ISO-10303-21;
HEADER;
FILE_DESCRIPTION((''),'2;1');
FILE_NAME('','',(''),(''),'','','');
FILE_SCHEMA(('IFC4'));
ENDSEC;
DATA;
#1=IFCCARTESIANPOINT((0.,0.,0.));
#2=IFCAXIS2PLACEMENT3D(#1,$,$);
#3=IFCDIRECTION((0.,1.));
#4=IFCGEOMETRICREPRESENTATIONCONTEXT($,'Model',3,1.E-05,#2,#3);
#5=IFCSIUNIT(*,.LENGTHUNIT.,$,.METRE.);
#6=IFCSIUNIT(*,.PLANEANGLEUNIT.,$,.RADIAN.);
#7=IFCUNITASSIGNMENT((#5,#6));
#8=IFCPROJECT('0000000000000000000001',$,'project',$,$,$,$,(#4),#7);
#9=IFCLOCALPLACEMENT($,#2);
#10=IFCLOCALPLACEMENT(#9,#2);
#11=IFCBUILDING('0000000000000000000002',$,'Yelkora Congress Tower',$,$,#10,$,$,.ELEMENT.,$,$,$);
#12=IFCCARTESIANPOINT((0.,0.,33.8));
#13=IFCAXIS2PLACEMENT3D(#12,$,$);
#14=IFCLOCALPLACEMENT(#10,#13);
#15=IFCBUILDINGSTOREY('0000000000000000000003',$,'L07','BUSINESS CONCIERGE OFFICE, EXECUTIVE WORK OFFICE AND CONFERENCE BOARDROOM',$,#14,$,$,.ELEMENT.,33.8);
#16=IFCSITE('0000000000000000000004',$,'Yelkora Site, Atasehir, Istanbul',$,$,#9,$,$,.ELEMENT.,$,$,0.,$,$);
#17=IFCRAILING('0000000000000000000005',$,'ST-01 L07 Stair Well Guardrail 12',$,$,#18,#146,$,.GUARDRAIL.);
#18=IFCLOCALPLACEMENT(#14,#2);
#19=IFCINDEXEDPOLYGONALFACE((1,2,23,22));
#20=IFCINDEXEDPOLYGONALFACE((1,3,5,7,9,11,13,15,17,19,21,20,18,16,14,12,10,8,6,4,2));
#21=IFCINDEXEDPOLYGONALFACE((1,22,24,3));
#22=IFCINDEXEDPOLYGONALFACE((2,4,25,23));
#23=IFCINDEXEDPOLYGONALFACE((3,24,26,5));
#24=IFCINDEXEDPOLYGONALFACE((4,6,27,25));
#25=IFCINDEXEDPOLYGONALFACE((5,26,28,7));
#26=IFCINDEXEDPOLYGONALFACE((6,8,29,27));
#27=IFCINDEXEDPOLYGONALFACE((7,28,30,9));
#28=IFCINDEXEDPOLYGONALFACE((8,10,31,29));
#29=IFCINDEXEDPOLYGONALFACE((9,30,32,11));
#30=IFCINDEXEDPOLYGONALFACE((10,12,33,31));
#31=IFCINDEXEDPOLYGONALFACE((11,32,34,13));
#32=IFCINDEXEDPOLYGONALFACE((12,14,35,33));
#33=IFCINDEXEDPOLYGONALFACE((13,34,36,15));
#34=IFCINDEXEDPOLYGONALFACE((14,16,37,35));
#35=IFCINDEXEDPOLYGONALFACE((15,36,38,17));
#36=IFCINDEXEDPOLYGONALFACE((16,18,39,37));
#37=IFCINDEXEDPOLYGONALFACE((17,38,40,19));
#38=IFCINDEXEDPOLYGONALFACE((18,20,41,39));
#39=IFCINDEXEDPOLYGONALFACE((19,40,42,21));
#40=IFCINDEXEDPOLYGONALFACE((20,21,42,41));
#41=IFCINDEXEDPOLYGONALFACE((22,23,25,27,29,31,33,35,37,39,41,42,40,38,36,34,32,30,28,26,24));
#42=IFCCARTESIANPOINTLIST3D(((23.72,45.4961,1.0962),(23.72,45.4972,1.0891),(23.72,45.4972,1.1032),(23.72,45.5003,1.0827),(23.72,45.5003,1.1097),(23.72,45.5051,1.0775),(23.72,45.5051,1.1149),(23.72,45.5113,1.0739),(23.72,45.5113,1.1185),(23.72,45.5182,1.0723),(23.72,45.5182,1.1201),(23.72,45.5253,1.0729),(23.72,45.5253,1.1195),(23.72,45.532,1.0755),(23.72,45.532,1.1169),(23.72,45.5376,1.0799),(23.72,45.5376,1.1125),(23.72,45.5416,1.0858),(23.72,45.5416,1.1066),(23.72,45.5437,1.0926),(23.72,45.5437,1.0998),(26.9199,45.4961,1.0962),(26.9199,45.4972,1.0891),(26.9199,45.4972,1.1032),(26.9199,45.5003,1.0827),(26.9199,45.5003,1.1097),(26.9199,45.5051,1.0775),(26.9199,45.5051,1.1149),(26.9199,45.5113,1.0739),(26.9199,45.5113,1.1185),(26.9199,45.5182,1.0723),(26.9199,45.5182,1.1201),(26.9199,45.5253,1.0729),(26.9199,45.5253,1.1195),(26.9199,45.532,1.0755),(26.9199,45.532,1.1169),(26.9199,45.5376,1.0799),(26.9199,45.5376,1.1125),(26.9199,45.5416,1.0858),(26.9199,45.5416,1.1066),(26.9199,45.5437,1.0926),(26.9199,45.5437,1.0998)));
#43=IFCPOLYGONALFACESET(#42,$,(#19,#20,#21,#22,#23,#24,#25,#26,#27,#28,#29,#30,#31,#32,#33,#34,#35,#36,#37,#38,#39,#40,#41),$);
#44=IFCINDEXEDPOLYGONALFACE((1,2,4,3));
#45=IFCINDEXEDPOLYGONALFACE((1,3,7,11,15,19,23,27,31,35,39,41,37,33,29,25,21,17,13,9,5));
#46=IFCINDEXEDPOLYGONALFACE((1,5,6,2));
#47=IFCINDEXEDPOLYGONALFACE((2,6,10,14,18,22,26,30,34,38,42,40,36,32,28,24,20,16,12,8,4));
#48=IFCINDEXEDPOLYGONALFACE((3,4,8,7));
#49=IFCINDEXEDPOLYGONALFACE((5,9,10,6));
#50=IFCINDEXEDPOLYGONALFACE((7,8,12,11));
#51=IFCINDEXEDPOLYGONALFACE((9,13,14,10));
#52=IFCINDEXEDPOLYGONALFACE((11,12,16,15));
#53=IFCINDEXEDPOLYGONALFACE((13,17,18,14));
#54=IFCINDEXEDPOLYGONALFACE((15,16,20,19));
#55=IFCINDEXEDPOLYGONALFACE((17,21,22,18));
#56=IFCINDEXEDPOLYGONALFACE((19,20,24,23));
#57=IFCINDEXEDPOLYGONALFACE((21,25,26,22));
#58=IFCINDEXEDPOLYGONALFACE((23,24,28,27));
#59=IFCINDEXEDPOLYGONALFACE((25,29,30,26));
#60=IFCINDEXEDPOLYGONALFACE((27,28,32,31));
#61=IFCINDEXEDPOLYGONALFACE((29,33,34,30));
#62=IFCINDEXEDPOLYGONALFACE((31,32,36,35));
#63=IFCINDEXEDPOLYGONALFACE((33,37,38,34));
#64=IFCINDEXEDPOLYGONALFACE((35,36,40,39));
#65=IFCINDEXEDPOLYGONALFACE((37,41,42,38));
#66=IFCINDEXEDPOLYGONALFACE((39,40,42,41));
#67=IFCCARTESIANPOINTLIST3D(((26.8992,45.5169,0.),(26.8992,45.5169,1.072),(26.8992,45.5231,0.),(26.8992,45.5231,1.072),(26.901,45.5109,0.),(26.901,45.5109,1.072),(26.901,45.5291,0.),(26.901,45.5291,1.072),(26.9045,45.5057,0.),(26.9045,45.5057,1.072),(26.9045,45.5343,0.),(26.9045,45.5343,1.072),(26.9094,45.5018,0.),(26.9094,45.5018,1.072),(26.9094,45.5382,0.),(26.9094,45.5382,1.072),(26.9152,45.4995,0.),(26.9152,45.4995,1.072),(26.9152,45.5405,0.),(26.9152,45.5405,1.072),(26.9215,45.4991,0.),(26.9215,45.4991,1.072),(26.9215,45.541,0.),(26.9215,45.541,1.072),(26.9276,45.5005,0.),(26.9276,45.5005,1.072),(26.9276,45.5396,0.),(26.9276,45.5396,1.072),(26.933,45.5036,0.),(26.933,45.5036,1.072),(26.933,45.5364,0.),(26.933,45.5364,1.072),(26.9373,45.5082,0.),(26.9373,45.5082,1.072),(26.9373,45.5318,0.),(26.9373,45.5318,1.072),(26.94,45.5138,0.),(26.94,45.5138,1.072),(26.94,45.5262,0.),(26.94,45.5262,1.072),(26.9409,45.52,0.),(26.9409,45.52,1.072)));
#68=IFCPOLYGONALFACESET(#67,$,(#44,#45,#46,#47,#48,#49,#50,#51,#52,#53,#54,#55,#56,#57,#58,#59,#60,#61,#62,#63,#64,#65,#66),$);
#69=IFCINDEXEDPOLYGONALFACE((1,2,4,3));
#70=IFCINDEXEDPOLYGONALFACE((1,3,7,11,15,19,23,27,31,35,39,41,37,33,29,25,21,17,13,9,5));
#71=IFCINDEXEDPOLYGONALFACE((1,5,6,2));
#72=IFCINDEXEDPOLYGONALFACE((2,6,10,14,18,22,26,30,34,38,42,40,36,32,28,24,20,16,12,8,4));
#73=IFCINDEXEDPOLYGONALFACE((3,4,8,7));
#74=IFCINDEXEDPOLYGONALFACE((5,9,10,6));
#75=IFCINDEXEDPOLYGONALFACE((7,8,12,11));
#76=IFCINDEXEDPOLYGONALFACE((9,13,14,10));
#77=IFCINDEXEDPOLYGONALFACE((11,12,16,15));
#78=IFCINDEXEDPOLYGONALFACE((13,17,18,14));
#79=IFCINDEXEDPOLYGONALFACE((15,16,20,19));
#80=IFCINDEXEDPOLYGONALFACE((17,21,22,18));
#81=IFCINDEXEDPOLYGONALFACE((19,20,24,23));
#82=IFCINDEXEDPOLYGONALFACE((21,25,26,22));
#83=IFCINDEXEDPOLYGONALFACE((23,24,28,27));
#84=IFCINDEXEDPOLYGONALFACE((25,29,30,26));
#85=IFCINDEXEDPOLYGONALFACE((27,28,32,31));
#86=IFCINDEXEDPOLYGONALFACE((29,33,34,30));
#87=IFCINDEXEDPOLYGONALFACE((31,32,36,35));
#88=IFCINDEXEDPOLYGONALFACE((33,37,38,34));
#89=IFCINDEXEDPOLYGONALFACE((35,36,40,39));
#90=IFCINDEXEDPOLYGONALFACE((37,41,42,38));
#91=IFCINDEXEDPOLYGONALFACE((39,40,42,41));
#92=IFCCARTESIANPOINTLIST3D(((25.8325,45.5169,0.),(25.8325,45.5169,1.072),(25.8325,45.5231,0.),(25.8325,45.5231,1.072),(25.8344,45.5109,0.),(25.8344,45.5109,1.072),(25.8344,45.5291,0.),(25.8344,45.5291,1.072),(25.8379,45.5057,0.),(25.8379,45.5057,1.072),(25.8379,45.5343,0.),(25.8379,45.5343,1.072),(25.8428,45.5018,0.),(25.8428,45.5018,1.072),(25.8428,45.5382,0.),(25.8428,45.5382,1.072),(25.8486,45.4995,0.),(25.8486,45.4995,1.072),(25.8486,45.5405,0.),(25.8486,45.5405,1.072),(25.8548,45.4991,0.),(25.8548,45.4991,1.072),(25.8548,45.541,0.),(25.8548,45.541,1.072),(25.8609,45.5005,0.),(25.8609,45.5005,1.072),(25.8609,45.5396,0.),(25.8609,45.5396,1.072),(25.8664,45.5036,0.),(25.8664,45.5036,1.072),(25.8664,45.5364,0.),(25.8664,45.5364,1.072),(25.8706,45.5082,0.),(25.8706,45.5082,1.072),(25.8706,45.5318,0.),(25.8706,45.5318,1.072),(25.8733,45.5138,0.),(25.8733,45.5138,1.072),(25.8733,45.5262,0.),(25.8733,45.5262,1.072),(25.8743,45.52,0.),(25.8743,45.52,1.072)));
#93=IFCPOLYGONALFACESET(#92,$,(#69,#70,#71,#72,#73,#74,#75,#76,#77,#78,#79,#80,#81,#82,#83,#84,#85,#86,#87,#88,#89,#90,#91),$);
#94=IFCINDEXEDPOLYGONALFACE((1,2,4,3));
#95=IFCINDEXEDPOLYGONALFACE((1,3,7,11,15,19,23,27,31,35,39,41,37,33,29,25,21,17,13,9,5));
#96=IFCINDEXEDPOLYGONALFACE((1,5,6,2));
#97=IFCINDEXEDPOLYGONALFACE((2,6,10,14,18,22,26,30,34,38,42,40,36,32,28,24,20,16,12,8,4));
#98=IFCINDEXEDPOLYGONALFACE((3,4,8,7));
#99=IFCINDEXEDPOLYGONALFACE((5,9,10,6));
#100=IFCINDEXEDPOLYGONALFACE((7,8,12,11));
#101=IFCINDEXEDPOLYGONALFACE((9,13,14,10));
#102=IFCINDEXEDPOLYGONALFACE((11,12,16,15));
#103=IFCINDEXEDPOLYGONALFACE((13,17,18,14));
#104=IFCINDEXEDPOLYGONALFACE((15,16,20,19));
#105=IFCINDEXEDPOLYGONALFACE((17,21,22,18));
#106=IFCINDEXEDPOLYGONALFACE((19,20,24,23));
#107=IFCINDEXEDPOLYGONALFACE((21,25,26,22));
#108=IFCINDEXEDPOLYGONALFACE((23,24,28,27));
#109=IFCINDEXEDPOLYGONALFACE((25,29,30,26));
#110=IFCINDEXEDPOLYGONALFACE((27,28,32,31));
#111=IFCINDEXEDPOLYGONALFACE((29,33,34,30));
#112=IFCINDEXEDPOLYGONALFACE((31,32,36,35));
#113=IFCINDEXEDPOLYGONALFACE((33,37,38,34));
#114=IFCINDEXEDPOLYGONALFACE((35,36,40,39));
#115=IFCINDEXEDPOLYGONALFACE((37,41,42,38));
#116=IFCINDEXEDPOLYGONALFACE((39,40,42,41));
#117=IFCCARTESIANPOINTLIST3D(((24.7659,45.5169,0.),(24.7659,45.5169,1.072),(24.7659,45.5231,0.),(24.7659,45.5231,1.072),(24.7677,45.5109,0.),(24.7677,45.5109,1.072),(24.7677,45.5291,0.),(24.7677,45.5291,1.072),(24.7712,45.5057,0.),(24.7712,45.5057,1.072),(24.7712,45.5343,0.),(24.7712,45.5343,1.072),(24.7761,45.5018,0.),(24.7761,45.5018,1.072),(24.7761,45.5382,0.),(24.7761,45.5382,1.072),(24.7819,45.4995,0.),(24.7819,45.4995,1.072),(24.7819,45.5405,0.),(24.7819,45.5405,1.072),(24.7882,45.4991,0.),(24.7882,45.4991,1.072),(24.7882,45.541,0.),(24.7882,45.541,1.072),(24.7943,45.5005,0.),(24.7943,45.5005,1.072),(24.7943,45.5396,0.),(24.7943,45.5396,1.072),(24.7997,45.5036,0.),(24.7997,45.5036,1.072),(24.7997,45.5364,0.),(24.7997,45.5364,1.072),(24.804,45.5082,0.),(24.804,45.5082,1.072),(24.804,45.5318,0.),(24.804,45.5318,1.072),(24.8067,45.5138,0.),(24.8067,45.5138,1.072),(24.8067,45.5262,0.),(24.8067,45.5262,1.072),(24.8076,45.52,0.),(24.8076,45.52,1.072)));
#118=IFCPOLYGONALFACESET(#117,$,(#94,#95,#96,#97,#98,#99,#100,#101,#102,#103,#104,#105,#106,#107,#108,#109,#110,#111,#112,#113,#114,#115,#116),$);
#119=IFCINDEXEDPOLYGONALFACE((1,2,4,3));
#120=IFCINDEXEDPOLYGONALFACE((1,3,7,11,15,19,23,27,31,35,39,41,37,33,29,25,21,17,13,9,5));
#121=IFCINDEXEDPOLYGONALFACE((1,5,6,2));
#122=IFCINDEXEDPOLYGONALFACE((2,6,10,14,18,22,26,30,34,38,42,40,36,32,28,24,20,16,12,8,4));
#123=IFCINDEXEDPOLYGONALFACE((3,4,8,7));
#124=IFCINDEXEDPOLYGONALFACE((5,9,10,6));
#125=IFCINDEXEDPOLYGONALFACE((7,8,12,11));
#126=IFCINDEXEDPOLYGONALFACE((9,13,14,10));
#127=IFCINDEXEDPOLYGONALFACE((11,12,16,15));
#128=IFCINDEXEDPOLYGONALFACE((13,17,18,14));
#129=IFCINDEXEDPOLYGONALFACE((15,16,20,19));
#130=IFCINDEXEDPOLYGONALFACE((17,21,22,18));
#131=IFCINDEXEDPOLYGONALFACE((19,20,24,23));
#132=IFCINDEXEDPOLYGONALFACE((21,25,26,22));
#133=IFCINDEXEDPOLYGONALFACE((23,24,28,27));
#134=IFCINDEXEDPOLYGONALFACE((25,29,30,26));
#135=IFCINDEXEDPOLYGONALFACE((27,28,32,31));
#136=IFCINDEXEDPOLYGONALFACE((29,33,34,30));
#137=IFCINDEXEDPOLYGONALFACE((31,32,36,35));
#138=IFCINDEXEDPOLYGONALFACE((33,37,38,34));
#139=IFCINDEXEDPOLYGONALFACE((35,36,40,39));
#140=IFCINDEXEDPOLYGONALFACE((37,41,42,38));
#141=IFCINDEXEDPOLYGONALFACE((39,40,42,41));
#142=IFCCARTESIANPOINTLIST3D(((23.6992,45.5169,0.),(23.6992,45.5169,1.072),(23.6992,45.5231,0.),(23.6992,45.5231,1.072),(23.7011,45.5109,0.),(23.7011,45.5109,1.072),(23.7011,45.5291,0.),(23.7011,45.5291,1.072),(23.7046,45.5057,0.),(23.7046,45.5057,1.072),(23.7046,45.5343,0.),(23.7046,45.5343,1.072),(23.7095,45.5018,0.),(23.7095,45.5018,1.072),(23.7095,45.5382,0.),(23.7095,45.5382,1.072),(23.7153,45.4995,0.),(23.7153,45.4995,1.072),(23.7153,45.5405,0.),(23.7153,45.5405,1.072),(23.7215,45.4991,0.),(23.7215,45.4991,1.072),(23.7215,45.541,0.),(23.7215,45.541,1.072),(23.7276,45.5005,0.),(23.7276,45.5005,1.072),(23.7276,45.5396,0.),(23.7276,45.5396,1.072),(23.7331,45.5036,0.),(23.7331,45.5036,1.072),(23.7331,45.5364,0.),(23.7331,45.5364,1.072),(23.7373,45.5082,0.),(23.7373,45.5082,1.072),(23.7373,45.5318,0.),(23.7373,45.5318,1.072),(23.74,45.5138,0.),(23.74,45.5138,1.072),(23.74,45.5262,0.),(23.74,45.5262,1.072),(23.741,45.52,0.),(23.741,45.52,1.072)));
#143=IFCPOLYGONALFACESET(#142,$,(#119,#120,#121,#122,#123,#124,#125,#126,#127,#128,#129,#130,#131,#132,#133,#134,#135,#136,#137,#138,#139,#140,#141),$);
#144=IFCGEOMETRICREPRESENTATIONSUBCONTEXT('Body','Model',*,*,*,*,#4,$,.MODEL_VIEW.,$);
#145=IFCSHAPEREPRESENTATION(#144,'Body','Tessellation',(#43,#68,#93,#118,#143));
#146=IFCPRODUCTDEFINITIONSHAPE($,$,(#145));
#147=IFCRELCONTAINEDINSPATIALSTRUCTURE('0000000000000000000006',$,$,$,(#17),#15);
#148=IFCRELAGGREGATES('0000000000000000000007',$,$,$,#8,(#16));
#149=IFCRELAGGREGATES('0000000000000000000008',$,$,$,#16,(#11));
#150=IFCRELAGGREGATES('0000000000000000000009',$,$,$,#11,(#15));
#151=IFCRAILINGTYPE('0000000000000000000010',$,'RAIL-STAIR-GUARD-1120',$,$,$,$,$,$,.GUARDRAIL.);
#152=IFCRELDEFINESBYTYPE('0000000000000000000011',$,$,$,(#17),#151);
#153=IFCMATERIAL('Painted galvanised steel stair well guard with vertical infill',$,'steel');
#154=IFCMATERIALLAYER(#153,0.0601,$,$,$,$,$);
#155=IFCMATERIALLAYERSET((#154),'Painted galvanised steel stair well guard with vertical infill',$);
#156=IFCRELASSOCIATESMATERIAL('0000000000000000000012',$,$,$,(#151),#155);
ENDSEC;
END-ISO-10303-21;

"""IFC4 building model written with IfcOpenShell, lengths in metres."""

from ifc_helpers import new_model, si_unit, direction, frame, origin, origin_2d, place, context, subcontext, project, spatial, circle, extrude, material, layer, layer_set, type_object, element, save


model = new_model("IFC4")

# Units and contexts
model_context = context("Model", 3, precision=1e-05, world=origin(), true_north=direction((0.0, 1.0)))
body_context = subcontext(model_context, "Body", "Model", "MODEL_VIEW")
ifc_project = project(units=[si_unit("LENGTHUNIT", "METRE"), si_unit("PLANEANGLEUNIT", "RADIAN")], contexts=[model_context])

# Site, building, storey
site_placement = place(None, origin())
site = spatial("IfcSite", under=ifc_project, at=site_placement, Name="Yelkora Site, Atasehir, Istanbul", CompositionType="ELEMENT", RefElevation=0.0)
building_placement = place(site_placement, origin())
building = spatial("IfcBuilding", under=site, at=building_placement, Name="Yelkora Congress Tower", CompositionType="ELEMENT")
storey_placement = place(building_placement, frame((0.0, 0.0, 33.8)))
storey = spatial("IfcBuildingStorey", under=building, at=storey_placement, Name="L07", Description="BUSINESS CONCIERGE OFFICE, EXECUTIVE WORK OFFICE AND CONFERENCE BOARDROOM", CompositionType="ELEMENT", Elevation=33.8)

# Railing
ifc_material_1 = material(Name="Painted galvanised steel stair well guard with vertical infill", Category="steel")
ifc_layer_1 = layer(ifc_material_1, 0.0601)
ifc_layer_set_1 = layer_set([ifc_layer_1], Name="Painted galvanised steel stair well guard with vertical infill")
railing_type_1 = type_object("IfcRailingType", Name="RAIL-STAIR-GUARD-1120", PredefinedType="GUARDRAIL", material=ifc_layer_set_1)
railing_1_placement = place(storey_placement, frame((26.9199, 45.52, 0.0)))
element("IfcRailing", 1, at=railing_1_placement, inside=storey, type_object=railing_type_1, Name="ST-01 L07 Stair Well Guardrail 12", PredefinedType="GUARDRAIL", context=body_context, shape_type="SweptSolid", body=[
    extrude(circle(Radius=0.0239, at=origin_2d()), frame((0.0, 0.0, 1.0962), z_axis=(-1.0, 0.0, 0.0), x_axis=(0.0, -1.0, 0.0)), (0.0, 0.0, 1.0), 3.2),
    extrude(circle(Radius=0.021, at=origin_2d()), origin(), (0.0, 0.0, 1.0), 1.072),
    extrude(circle(Radius=0.021, at=origin_2d()), frame((-1.0667, 0.0, 0.0)), (0.0, 0.0, 1.0), 1.072),
    extrude(circle(Radius=0.021, at=origin_2d()), frame((-2.1333, 0.0, 0.0)), (0.0, 0.0, 1.0), 1.072),
    extrude(circle(Radius=0.021, at=origin_2d()), frame((-3.2, 0.0, 0.0)), (0.0, 0.0, 1.0), 1.072),
])

save(model, "model.ifc")
